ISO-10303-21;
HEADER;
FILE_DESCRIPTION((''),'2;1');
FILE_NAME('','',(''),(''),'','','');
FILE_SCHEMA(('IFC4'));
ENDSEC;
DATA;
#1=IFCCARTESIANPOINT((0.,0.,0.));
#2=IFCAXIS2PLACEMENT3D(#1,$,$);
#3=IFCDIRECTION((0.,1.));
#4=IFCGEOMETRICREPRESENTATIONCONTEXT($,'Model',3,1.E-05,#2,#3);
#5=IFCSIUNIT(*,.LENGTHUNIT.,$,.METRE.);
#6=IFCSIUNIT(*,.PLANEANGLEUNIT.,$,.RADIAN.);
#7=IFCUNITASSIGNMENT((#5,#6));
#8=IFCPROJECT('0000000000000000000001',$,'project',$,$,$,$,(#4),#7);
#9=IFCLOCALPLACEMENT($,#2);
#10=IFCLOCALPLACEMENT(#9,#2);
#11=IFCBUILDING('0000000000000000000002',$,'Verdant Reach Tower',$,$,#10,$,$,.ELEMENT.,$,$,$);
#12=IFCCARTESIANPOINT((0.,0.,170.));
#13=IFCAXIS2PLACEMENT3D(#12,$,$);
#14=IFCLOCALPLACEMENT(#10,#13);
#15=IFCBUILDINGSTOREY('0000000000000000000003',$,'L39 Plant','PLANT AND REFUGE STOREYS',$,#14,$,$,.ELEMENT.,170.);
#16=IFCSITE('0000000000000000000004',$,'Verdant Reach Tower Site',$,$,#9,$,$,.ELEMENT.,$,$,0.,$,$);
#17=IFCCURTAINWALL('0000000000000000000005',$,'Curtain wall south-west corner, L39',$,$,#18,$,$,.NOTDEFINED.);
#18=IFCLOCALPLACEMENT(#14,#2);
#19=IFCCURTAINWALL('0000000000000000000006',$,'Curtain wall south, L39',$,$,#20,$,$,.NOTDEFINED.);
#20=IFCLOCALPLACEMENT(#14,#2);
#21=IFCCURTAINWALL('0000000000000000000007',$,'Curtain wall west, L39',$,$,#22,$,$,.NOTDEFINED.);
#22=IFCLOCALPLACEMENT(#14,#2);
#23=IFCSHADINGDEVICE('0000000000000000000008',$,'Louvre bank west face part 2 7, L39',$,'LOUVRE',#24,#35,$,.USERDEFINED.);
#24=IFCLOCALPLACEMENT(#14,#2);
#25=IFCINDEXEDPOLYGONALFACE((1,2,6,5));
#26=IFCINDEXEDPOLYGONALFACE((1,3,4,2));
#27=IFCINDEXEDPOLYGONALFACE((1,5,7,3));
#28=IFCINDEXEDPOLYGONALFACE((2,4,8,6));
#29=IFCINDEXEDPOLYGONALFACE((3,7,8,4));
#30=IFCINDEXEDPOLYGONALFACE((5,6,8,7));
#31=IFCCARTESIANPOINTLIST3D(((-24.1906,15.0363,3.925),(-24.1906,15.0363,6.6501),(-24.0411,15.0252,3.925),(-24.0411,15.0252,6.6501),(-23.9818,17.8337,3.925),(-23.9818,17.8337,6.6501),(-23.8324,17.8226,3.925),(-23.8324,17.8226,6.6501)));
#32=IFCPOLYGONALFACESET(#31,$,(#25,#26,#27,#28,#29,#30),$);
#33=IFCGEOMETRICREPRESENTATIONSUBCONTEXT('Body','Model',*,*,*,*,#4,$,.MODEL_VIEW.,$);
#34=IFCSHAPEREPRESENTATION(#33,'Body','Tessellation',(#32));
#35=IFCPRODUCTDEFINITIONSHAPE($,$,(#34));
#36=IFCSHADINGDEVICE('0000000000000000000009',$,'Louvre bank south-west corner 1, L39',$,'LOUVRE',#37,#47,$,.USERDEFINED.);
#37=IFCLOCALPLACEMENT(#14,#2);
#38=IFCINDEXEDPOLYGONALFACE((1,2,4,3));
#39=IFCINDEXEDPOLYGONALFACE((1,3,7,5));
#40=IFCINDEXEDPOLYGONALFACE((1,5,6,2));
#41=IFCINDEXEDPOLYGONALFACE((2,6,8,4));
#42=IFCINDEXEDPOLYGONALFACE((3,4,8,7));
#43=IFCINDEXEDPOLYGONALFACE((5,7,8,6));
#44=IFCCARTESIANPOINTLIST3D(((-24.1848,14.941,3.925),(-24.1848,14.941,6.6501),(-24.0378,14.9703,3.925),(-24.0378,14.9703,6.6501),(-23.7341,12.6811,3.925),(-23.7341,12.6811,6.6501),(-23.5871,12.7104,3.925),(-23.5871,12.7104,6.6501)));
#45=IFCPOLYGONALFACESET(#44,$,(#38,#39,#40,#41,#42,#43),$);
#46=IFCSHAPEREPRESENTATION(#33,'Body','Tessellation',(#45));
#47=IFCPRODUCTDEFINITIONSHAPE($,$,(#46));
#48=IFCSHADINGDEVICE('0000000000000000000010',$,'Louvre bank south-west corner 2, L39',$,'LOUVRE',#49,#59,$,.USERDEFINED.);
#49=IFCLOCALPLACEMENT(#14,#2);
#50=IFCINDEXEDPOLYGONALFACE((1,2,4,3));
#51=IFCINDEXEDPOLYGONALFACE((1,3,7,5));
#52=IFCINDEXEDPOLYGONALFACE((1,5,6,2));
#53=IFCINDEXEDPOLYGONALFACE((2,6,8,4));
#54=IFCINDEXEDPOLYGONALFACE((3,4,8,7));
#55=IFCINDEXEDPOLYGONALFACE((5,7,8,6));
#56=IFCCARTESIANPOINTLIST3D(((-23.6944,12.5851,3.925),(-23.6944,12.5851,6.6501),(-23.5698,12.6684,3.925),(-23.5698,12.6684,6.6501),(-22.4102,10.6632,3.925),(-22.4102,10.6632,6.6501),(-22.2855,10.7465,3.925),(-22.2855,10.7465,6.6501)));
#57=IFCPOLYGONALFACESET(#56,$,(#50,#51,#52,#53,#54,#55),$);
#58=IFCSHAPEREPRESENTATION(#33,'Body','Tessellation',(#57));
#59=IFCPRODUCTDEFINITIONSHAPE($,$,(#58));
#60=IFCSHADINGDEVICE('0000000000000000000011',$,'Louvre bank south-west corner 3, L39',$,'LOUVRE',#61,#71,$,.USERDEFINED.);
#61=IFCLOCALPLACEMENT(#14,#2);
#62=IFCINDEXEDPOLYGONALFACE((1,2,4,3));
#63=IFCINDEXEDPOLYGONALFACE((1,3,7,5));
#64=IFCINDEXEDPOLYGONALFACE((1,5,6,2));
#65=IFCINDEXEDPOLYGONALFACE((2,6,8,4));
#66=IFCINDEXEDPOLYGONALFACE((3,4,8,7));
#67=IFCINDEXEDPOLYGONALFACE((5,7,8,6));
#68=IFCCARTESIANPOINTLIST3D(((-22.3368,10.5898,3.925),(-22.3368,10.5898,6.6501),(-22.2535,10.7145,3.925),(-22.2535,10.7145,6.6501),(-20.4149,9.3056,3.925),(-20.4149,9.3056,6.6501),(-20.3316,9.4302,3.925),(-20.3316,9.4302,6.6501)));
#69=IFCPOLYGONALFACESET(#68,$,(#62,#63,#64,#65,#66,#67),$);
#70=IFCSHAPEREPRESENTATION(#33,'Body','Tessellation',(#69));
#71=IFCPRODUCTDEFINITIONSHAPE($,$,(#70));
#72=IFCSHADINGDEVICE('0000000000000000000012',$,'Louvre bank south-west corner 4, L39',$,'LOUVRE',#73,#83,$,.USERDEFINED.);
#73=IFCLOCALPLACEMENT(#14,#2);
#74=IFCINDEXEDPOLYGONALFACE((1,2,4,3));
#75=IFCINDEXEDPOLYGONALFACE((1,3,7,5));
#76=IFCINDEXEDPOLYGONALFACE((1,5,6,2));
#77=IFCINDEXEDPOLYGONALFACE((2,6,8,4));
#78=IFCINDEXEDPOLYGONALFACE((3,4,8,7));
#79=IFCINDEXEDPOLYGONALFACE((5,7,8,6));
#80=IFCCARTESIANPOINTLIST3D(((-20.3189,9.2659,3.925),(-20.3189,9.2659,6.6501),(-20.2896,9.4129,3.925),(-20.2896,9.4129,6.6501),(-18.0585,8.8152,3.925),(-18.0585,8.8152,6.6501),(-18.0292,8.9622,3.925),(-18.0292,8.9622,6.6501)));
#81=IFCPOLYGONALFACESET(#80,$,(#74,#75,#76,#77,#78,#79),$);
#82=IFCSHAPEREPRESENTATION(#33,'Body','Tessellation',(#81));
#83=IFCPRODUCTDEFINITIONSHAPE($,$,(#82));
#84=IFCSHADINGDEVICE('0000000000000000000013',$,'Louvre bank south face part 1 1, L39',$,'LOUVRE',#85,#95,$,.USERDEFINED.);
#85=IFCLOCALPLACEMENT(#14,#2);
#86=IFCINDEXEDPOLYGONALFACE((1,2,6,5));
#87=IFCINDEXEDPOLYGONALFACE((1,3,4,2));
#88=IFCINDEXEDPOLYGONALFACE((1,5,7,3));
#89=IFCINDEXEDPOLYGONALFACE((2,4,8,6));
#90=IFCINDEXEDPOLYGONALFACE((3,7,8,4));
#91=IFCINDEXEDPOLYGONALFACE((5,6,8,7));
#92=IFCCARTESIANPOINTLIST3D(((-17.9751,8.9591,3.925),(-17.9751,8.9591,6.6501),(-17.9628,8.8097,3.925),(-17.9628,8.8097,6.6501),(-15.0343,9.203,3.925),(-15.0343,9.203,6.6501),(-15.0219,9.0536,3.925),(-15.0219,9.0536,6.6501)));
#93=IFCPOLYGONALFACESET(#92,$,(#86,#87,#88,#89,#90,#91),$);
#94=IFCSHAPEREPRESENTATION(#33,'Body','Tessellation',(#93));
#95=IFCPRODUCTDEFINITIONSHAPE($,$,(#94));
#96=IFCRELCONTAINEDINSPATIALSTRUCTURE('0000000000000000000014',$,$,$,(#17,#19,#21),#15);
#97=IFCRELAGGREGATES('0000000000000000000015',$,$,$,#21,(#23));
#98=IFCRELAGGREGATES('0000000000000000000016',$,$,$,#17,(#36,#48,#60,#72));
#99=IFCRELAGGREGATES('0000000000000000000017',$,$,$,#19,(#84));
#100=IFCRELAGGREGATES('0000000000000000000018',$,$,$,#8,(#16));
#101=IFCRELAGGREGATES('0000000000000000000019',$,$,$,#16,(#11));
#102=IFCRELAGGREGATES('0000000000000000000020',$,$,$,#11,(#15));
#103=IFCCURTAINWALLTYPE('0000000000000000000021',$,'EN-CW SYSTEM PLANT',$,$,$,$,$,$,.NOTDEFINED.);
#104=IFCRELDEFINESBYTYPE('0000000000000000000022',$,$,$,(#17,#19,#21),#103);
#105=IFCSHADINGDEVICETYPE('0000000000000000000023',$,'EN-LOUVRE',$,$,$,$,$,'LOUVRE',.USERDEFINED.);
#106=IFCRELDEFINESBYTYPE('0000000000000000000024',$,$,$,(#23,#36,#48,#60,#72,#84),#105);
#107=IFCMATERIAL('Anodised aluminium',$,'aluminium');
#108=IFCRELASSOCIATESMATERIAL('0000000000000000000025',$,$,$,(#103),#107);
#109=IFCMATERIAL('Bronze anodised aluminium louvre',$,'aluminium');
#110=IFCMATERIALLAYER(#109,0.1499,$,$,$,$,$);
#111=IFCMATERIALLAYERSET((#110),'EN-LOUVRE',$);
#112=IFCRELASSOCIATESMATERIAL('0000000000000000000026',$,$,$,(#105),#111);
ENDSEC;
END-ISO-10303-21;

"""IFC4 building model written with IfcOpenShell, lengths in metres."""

from ifc_helpers import new_model, si_unit, direction, frame, origin, origin_2d, place, context, subcontext, project, spatial, rectangle, extrude, material, layer, layer_set, type_object, element, aggregate, save


model = new_model("IFC4")

# Units and contexts
model_context = context("Model", 3, precision=1e-05, world=origin(), true_north=direction((0.0, 1.0)))
body_context = subcontext(model_context, "Body", "Model", "MODEL_VIEW")
ifc_project = project(units=[si_unit("LENGTHUNIT", "METRE"), si_unit("PLANEANGLEUNIT", "RADIAN")], contexts=[model_context])

# Site, building, storey
site_placement = place(None, origin())
site = spatial("IfcSite", under=ifc_project, at=site_placement, Name="Verdant Reach Tower Site", CompositionType="ELEMENT", RefElevation=0.0)
building_placement = place(site_placement, origin())
building = spatial("IfcBuilding", under=site, at=building_placement, Name="Verdant Reach Tower", CompositionType="ELEMENT")
storey_placement = place(building_placement, frame((0.0, 0.0, 170.0)))
storey = spatial("IfcBuildingStorey", under=building, at=storey_placement, Name="L39 Plant", Description="PLANT AND REFUGE STOREYS", CompositionType="ELEMENT", Elevation=170.0)

# Curtain walls
ifc_material_1 = material(Name="Anodised aluminium", Category="aluminium")
curtain_wall_type = type_object("IfcCurtainWallType", Name="EN-CW SYSTEM PLANT", PredefinedType="NOTDEFINED", material=ifc_material_1)
curtain_wall_1_placement = place(storey_placement, origin())
curtain_wall_1 = element("IfcCurtainWall", 1, at=curtain_wall_1_placement, inside=storey, type_object=curtain_wall_type, Name="Curtain wall south-west corner, L39", PredefinedType="NOTDEFINED")
curtain_wall_2_placement = place(storey_placement, origin())
curtain_wall_2 = element("IfcCurtainWall", 2, at=curtain_wall_2_placement, inside=storey, type_object=curtain_wall_type, Name="Curtain wall south, L39", PredefinedType="NOTDEFINED")

# Curtain wall
curtain_wall_3_placement = place(storey_placement, origin())
curtain_wall_3 = element("IfcCurtainWall", 3, at=curtain_wall_3_placement, inside=storey, type_object=curtain_wall_type, Name="Curtain wall west, L39", PredefinedType="NOTDEFINED")

# Shading devices
ifc_material_2 = material(Name="Bronze anodised aluminium louvre", Category="aluminium")
ifc_layer_1 = layer(ifc_material_2, 0.1499)
ifc_layer_set_1 = layer_set([ifc_layer_1], Name="EN-LOUVRE")
shading_device_type = type_object("IfcShadingDeviceType", Name="EN-LOUVRE", ElementType="LOUVRE", PredefinedType="USERDEFINED", material=ifc_layer_set_1)
shading_device_1_placement = place(storey_placement, frame((-24.0115, 16.4294, 3.925), z_axis=(0.0, 0.0, 1.0), x_axis=(-0.074412, -0.997228, 0.0)))
shading_device_1 = element("IfcShadingDevice", 4, at=shading_device_1_placement, type_object=shading_device_type, Name="Louvre bank west face part 2 7, L39", ObjectType="LOUVRE", PredefinedType="USERDEFINED", context=body_context, shape_type="SweptSolid", body=[
    extrude(rectangle(XDim=2.8052, YDim=0.1499, at=origin_2d()), origin(), (0.0, 0.0, 1.0), 2.7251),
])
aggregate(curtain_wall_3, [shading_device_1])
shading_device_2_placement = place(storey_placement, frame((-23.886, 13.8257, 3.925), z_axis=(0.0, 0.0, 1.0), x_axis=(0.195573, -0.980689, 0.0)))
shading_device_2 = element("IfcShadingDevice", 5, at=shading_device_2_placement, type_object=shading_device_type, Name="Louvre bank south-west corner 1, L39", ObjectType="LOUVRE", PredefinedType="USERDEFINED", context=body_context, shape_type="SweptSolid", body=[
    extrude(rectangle(XDim=2.3044, YDim=0.1499, at=origin_2d()), origin(), (0.0, 0.0, 1.0), 2.7251),
])
shading_device_3_placement = place(storey_placement, frame((-22.99, 11.6658, 3.925), z_axis=(0.0, 0.0, 1.0), x_axis=(0.555596, -0.831452, 0.0)))
shading_device_3 = element("IfcShadingDevice", 6, at=shading_device_3_placement, type_object=shading_device_type, Name="Louvre bank south-west corner 2, L39", ObjectType="LOUVRE", PredefinedType="USERDEFINED", context=body_context, shape_type="SweptSolid", body=[
    extrude(rectangle(XDim=2.3115, YDim=0.1499, at=origin_2d()), origin(), (0.0, 0.0, 1.0), 2.7251),
])
shading_device_4_placement = place(storey_placement, frame((-21.3342, 10.01, 3.925), z_axis=(0.0, 0.0, 1.0), x_axis=(0.831452, -0.555596, 0.0)))
shading_device_4 = element("IfcShadingDevice", 7, at=shading_device_4_placement, type_object=shading_device_type, Name="Louvre bank south-west corner 3, L39", ObjectType="LOUVRE", PredefinedType="USERDEFINED", context=body_context, shape_type="SweptSolid", body=[
    extrude(rectangle(XDim=2.3115, YDim=0.1499, at=origin_2d()), origin(), (0.0, 0.0, 1.0), 2.7251),
])
shading_device_5_placement = place(storey_placement, frame((-19.1741, 9.114, 3.925), z_axis=(0.0, 0.0, 1.0), x_axis=(0.980695, -0.195545, 0.0)))
shading_device_5 = element("IfcShadingDevice", 8, at=shading_device_5_placement, type_object=shading_device_type, Name="Louvre bank south-west corner 4, L39", ObjectType="LOUVRE", PredefinedType="USERDEFINED", context=body_context, shape_type="SweptSolid", body=[
    extrude(rectangle(XDim=2.3049, YDim=0.1499, at=origin_2d()), origin(), (0.0, 0.0, 1.0), 2.7251),
])
aggregate(curtain_wall_1, [shading_device_2, shading_device_3, shading_device_4, shading_device_5])
shading_device_6_placement = place(storey_placement, frame((-16.4985, 9.0063, 3.925), z_axis=(0.0, 0.0, 1.0), x_axis=(0.996578, 0.082664, 0.0)))
shading_device_6 = element("IfcShadingDevice", 9, at=shading_device_6_placement, type_object=shading_device_type, Name="Louvre bank south face part 1 1, L39", ObjectType="LOUVRE", PredefinedType="USERDEFINED", context=body_context, shape_type="SweptSolid", body=[
    extrude(rectangle(XDim=2.9509, YDim=0.1499, at=origin_2d()), origin(), (0.0, 0.0, 1.0), 2.7251),
])
aggregate(curtain_wall_2, [shading_device_6])

save(model, "model.ifc")
